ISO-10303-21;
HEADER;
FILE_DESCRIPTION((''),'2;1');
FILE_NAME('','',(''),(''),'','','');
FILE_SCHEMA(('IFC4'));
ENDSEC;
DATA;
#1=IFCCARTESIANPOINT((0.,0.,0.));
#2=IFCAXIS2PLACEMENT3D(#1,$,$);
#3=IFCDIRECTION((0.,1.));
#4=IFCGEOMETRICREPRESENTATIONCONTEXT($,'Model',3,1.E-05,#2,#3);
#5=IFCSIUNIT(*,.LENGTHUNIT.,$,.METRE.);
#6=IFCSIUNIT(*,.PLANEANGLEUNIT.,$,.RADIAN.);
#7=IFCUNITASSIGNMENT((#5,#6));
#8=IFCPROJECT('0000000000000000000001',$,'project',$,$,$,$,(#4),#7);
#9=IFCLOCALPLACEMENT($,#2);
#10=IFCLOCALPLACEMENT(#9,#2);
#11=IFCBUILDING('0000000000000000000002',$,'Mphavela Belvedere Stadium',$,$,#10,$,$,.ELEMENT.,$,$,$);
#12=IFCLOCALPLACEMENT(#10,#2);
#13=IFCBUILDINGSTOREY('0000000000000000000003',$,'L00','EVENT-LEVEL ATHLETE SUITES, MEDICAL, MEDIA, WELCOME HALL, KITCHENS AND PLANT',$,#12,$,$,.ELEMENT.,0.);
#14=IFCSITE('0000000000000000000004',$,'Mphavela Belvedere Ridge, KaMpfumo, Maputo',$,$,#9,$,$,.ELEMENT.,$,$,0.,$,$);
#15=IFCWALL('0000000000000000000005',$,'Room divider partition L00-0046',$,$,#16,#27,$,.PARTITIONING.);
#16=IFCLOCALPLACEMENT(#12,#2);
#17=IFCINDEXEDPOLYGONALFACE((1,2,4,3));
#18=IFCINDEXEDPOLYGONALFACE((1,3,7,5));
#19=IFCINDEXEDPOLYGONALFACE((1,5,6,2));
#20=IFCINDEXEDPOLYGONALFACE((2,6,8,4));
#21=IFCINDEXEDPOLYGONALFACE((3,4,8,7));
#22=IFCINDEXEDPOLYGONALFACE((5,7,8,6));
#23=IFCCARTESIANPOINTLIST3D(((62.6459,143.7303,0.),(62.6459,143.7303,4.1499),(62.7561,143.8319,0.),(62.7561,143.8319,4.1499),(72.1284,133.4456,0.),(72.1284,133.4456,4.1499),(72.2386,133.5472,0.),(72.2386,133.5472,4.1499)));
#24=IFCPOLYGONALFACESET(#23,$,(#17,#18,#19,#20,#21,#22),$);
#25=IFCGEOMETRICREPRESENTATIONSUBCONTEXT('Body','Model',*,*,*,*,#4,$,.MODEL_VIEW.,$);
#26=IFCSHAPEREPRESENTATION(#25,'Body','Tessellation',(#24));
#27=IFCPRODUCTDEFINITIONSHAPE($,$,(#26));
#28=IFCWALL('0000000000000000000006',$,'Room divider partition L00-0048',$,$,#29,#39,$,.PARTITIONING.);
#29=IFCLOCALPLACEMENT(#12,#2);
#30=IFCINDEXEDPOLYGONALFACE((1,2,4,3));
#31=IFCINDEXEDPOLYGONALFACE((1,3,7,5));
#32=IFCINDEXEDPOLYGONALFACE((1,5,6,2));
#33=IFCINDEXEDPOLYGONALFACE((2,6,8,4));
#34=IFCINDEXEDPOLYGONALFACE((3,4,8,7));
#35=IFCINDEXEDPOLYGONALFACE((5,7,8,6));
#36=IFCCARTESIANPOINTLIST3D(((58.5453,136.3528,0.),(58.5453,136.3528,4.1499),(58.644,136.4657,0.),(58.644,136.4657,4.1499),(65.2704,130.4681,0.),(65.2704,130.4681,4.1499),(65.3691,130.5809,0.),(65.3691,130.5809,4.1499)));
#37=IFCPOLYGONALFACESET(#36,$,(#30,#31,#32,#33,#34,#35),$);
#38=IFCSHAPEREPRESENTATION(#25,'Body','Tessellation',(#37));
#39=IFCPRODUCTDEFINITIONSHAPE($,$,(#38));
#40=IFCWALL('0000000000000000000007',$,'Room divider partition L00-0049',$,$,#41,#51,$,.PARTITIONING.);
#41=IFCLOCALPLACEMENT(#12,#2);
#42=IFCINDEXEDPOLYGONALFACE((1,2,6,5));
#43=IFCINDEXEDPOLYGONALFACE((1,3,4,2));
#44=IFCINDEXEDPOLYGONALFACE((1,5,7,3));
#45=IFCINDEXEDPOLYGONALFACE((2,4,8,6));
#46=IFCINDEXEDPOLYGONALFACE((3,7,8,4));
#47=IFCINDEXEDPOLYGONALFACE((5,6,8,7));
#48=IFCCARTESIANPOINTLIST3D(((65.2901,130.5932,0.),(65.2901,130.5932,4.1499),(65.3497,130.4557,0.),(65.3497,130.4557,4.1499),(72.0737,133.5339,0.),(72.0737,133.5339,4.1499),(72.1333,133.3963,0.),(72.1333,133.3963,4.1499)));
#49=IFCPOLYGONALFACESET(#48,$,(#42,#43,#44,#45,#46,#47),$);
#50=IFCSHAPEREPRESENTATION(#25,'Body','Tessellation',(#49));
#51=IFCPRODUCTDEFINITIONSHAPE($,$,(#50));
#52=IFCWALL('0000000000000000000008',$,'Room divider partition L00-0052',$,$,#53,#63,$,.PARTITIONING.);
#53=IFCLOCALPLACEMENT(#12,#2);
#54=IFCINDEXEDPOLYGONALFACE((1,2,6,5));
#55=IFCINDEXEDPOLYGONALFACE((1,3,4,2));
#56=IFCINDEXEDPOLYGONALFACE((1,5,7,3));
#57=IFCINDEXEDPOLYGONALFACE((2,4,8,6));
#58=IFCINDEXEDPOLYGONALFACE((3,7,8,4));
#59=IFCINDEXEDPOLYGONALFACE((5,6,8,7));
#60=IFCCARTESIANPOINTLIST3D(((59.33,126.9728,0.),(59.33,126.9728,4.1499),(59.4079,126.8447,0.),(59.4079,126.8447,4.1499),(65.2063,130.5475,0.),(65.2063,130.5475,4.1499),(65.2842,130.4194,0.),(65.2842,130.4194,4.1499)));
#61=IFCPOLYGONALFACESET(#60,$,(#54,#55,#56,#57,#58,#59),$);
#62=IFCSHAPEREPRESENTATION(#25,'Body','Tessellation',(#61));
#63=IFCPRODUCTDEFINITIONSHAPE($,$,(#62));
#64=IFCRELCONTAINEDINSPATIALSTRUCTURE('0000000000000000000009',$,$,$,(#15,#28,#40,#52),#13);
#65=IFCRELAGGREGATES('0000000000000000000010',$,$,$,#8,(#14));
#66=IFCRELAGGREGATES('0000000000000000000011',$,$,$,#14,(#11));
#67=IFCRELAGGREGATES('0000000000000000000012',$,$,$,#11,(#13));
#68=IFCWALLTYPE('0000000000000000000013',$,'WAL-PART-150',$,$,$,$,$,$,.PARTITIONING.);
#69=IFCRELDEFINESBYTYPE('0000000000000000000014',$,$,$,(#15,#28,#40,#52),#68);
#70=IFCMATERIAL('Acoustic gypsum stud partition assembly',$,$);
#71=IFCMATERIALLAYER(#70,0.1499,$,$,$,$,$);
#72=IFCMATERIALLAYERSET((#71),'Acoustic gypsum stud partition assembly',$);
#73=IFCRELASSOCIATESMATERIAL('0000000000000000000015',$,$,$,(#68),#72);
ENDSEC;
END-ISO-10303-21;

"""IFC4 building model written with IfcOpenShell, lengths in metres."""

from ifc_helpers import new_model, si_unit, direction, frame, frame_2d, origin, place, context, subcontext, project, spatial, rectangle, extrude, material, layer, layer_set, type_object, element, save


model = new_model("IFC4")

# Units and contexts
model_context = context("Model", 3, precision=1e-05, world=origin(), true_north=direction((0.0, 1.0)))
body_context = subcontext(model_context, "Body", "Model", "MODEL_VIEW")
ifc_project = project(units=[si_unit("LENGTHUNIT", "METRE"), si_unit("PLANEANGLEUNIT", "RADIAN")], contexts=[model_context])

# Site, building, storey
site_placement = place(None, origin())
site = spatial("IfcSite", under=ifc_project, at=site_placement, Name="Mphavela Belvedere Ridge, KaMpfumo, Maputo", CompositionType="ELEMENT", RefElevation=0.0)
building_placement = place(site_placement, origin())
building = spatial("IfcBuilding", under=site, at=building_placement, Name="Mphavela Belvedere Stadium", CompositionType="ELEMENT")
storey_placement = place(building_placement, origin())
storey = spatial("IfcBuildingStorey", under=building, at=storey_placement, Name="L00", Description="EVENT-LEVEL ATHLETE SUITES, MEDICAL, MEDIA, WELCOME HALL, KITCHENS AND PLANT", CompositionType="ELEMENT", Elevation=0.0)

# Walls
ifc_material_1 = material(Name="Acoustic gypsum stud partition assembly")
ifc_layer = layer(ifc_material_1, 0.1499)
ifc_layer_set = layer_set([ifc_layer], Name="Acoustic gypsum stud partition assembly")
wall_type = type_object("IfcWallType", Name="WAL-PART-150", PredefinedType="PARTITIONING", material=ifc_layer_set)
wall_1_placement = place(storey_placement, frame((72.1836, 133.4963, 0.0), z_axis=(0.0, 0.0, 1.0), x_axis=(-0.677851, 0.735199, 0.0)))
element("IfcWall", 1, at=wall_1_placement, inside=storey, type_object=wall_type, Name="Room divider partition L00-0046", PredefinedType="PARTITIONING", context=body_context, shape_type="SweptSolid", body=[
    extrude(rectangle(XDim=13.989, YDim=0.1499, at=frame_2d((6.9946, 0.0))), origin(), (0.0, 0.0, 1.0), 4.1499),
])
wall_2_placement = place(storey_placement, frame((65.3198, 130.5244, 0.0), z_axis=(0.0, 0.0, 1.0), x_axis=(-0.75256, 0.658524, 0.0)))
element("IfcWall", 2, at=wall_2_placement, inside=storey, type_object=wall_type, Name="Room divider partition L00-0048", PredefinedType="PARTITIONING", context=body_context, shape_type="SweptSolid", body=[
    extrude(rectangle(XDim=8.9363, YDim=0.1499, at=frame_2d((4.4683, 0.0))), origin(), (0.0, 0.0, 1.0), 4.1499),
])
wall_3_placement = place(storey_placement, frame((72.1035, 133.4651, 0.0), z_axis=(0.0, 0.0, 1.0), x_axis=(-0.917503, -0.39773, 0.0)))
element("IfcWall", 3, at=wall_3_placement, inside=storey, type_object=wall_type, Name="Room divider partition L00-0049", PredefinedType="PARTITIONING", context=body_context, shape_type="SweptSolid", body=[
    extrude(rectangle(XDim=7.3936, YDim=0.1499, at=frame_2d((3.6968, 0.0))), origin(), (0.0, 0.0, 1.0), 4.1499),
])
wall_4_placement = place(storey_placement, frame((65.2451, 130.4834, 0.0), z_axis=(0.0, 0.0, 1.0), x_axis=(-0.854336, -0.519722, 0.0)))
element("IfcWall", 4, at=wall_4_placement, inside=storey, type_object=wall_type, Name="Room divider partition L00-0052", PredefinedType="PARTITIONING", context=body_context, shape_type="SweptSolid", body=[
    extrude(rectangle(XDim=6.8782, YDim=0.1499, at=frame_2d((3.439, 0.0))), origin(), (0.0, 0.0, 1.0), 4.1499),
])

save(model, "model.ifc")
